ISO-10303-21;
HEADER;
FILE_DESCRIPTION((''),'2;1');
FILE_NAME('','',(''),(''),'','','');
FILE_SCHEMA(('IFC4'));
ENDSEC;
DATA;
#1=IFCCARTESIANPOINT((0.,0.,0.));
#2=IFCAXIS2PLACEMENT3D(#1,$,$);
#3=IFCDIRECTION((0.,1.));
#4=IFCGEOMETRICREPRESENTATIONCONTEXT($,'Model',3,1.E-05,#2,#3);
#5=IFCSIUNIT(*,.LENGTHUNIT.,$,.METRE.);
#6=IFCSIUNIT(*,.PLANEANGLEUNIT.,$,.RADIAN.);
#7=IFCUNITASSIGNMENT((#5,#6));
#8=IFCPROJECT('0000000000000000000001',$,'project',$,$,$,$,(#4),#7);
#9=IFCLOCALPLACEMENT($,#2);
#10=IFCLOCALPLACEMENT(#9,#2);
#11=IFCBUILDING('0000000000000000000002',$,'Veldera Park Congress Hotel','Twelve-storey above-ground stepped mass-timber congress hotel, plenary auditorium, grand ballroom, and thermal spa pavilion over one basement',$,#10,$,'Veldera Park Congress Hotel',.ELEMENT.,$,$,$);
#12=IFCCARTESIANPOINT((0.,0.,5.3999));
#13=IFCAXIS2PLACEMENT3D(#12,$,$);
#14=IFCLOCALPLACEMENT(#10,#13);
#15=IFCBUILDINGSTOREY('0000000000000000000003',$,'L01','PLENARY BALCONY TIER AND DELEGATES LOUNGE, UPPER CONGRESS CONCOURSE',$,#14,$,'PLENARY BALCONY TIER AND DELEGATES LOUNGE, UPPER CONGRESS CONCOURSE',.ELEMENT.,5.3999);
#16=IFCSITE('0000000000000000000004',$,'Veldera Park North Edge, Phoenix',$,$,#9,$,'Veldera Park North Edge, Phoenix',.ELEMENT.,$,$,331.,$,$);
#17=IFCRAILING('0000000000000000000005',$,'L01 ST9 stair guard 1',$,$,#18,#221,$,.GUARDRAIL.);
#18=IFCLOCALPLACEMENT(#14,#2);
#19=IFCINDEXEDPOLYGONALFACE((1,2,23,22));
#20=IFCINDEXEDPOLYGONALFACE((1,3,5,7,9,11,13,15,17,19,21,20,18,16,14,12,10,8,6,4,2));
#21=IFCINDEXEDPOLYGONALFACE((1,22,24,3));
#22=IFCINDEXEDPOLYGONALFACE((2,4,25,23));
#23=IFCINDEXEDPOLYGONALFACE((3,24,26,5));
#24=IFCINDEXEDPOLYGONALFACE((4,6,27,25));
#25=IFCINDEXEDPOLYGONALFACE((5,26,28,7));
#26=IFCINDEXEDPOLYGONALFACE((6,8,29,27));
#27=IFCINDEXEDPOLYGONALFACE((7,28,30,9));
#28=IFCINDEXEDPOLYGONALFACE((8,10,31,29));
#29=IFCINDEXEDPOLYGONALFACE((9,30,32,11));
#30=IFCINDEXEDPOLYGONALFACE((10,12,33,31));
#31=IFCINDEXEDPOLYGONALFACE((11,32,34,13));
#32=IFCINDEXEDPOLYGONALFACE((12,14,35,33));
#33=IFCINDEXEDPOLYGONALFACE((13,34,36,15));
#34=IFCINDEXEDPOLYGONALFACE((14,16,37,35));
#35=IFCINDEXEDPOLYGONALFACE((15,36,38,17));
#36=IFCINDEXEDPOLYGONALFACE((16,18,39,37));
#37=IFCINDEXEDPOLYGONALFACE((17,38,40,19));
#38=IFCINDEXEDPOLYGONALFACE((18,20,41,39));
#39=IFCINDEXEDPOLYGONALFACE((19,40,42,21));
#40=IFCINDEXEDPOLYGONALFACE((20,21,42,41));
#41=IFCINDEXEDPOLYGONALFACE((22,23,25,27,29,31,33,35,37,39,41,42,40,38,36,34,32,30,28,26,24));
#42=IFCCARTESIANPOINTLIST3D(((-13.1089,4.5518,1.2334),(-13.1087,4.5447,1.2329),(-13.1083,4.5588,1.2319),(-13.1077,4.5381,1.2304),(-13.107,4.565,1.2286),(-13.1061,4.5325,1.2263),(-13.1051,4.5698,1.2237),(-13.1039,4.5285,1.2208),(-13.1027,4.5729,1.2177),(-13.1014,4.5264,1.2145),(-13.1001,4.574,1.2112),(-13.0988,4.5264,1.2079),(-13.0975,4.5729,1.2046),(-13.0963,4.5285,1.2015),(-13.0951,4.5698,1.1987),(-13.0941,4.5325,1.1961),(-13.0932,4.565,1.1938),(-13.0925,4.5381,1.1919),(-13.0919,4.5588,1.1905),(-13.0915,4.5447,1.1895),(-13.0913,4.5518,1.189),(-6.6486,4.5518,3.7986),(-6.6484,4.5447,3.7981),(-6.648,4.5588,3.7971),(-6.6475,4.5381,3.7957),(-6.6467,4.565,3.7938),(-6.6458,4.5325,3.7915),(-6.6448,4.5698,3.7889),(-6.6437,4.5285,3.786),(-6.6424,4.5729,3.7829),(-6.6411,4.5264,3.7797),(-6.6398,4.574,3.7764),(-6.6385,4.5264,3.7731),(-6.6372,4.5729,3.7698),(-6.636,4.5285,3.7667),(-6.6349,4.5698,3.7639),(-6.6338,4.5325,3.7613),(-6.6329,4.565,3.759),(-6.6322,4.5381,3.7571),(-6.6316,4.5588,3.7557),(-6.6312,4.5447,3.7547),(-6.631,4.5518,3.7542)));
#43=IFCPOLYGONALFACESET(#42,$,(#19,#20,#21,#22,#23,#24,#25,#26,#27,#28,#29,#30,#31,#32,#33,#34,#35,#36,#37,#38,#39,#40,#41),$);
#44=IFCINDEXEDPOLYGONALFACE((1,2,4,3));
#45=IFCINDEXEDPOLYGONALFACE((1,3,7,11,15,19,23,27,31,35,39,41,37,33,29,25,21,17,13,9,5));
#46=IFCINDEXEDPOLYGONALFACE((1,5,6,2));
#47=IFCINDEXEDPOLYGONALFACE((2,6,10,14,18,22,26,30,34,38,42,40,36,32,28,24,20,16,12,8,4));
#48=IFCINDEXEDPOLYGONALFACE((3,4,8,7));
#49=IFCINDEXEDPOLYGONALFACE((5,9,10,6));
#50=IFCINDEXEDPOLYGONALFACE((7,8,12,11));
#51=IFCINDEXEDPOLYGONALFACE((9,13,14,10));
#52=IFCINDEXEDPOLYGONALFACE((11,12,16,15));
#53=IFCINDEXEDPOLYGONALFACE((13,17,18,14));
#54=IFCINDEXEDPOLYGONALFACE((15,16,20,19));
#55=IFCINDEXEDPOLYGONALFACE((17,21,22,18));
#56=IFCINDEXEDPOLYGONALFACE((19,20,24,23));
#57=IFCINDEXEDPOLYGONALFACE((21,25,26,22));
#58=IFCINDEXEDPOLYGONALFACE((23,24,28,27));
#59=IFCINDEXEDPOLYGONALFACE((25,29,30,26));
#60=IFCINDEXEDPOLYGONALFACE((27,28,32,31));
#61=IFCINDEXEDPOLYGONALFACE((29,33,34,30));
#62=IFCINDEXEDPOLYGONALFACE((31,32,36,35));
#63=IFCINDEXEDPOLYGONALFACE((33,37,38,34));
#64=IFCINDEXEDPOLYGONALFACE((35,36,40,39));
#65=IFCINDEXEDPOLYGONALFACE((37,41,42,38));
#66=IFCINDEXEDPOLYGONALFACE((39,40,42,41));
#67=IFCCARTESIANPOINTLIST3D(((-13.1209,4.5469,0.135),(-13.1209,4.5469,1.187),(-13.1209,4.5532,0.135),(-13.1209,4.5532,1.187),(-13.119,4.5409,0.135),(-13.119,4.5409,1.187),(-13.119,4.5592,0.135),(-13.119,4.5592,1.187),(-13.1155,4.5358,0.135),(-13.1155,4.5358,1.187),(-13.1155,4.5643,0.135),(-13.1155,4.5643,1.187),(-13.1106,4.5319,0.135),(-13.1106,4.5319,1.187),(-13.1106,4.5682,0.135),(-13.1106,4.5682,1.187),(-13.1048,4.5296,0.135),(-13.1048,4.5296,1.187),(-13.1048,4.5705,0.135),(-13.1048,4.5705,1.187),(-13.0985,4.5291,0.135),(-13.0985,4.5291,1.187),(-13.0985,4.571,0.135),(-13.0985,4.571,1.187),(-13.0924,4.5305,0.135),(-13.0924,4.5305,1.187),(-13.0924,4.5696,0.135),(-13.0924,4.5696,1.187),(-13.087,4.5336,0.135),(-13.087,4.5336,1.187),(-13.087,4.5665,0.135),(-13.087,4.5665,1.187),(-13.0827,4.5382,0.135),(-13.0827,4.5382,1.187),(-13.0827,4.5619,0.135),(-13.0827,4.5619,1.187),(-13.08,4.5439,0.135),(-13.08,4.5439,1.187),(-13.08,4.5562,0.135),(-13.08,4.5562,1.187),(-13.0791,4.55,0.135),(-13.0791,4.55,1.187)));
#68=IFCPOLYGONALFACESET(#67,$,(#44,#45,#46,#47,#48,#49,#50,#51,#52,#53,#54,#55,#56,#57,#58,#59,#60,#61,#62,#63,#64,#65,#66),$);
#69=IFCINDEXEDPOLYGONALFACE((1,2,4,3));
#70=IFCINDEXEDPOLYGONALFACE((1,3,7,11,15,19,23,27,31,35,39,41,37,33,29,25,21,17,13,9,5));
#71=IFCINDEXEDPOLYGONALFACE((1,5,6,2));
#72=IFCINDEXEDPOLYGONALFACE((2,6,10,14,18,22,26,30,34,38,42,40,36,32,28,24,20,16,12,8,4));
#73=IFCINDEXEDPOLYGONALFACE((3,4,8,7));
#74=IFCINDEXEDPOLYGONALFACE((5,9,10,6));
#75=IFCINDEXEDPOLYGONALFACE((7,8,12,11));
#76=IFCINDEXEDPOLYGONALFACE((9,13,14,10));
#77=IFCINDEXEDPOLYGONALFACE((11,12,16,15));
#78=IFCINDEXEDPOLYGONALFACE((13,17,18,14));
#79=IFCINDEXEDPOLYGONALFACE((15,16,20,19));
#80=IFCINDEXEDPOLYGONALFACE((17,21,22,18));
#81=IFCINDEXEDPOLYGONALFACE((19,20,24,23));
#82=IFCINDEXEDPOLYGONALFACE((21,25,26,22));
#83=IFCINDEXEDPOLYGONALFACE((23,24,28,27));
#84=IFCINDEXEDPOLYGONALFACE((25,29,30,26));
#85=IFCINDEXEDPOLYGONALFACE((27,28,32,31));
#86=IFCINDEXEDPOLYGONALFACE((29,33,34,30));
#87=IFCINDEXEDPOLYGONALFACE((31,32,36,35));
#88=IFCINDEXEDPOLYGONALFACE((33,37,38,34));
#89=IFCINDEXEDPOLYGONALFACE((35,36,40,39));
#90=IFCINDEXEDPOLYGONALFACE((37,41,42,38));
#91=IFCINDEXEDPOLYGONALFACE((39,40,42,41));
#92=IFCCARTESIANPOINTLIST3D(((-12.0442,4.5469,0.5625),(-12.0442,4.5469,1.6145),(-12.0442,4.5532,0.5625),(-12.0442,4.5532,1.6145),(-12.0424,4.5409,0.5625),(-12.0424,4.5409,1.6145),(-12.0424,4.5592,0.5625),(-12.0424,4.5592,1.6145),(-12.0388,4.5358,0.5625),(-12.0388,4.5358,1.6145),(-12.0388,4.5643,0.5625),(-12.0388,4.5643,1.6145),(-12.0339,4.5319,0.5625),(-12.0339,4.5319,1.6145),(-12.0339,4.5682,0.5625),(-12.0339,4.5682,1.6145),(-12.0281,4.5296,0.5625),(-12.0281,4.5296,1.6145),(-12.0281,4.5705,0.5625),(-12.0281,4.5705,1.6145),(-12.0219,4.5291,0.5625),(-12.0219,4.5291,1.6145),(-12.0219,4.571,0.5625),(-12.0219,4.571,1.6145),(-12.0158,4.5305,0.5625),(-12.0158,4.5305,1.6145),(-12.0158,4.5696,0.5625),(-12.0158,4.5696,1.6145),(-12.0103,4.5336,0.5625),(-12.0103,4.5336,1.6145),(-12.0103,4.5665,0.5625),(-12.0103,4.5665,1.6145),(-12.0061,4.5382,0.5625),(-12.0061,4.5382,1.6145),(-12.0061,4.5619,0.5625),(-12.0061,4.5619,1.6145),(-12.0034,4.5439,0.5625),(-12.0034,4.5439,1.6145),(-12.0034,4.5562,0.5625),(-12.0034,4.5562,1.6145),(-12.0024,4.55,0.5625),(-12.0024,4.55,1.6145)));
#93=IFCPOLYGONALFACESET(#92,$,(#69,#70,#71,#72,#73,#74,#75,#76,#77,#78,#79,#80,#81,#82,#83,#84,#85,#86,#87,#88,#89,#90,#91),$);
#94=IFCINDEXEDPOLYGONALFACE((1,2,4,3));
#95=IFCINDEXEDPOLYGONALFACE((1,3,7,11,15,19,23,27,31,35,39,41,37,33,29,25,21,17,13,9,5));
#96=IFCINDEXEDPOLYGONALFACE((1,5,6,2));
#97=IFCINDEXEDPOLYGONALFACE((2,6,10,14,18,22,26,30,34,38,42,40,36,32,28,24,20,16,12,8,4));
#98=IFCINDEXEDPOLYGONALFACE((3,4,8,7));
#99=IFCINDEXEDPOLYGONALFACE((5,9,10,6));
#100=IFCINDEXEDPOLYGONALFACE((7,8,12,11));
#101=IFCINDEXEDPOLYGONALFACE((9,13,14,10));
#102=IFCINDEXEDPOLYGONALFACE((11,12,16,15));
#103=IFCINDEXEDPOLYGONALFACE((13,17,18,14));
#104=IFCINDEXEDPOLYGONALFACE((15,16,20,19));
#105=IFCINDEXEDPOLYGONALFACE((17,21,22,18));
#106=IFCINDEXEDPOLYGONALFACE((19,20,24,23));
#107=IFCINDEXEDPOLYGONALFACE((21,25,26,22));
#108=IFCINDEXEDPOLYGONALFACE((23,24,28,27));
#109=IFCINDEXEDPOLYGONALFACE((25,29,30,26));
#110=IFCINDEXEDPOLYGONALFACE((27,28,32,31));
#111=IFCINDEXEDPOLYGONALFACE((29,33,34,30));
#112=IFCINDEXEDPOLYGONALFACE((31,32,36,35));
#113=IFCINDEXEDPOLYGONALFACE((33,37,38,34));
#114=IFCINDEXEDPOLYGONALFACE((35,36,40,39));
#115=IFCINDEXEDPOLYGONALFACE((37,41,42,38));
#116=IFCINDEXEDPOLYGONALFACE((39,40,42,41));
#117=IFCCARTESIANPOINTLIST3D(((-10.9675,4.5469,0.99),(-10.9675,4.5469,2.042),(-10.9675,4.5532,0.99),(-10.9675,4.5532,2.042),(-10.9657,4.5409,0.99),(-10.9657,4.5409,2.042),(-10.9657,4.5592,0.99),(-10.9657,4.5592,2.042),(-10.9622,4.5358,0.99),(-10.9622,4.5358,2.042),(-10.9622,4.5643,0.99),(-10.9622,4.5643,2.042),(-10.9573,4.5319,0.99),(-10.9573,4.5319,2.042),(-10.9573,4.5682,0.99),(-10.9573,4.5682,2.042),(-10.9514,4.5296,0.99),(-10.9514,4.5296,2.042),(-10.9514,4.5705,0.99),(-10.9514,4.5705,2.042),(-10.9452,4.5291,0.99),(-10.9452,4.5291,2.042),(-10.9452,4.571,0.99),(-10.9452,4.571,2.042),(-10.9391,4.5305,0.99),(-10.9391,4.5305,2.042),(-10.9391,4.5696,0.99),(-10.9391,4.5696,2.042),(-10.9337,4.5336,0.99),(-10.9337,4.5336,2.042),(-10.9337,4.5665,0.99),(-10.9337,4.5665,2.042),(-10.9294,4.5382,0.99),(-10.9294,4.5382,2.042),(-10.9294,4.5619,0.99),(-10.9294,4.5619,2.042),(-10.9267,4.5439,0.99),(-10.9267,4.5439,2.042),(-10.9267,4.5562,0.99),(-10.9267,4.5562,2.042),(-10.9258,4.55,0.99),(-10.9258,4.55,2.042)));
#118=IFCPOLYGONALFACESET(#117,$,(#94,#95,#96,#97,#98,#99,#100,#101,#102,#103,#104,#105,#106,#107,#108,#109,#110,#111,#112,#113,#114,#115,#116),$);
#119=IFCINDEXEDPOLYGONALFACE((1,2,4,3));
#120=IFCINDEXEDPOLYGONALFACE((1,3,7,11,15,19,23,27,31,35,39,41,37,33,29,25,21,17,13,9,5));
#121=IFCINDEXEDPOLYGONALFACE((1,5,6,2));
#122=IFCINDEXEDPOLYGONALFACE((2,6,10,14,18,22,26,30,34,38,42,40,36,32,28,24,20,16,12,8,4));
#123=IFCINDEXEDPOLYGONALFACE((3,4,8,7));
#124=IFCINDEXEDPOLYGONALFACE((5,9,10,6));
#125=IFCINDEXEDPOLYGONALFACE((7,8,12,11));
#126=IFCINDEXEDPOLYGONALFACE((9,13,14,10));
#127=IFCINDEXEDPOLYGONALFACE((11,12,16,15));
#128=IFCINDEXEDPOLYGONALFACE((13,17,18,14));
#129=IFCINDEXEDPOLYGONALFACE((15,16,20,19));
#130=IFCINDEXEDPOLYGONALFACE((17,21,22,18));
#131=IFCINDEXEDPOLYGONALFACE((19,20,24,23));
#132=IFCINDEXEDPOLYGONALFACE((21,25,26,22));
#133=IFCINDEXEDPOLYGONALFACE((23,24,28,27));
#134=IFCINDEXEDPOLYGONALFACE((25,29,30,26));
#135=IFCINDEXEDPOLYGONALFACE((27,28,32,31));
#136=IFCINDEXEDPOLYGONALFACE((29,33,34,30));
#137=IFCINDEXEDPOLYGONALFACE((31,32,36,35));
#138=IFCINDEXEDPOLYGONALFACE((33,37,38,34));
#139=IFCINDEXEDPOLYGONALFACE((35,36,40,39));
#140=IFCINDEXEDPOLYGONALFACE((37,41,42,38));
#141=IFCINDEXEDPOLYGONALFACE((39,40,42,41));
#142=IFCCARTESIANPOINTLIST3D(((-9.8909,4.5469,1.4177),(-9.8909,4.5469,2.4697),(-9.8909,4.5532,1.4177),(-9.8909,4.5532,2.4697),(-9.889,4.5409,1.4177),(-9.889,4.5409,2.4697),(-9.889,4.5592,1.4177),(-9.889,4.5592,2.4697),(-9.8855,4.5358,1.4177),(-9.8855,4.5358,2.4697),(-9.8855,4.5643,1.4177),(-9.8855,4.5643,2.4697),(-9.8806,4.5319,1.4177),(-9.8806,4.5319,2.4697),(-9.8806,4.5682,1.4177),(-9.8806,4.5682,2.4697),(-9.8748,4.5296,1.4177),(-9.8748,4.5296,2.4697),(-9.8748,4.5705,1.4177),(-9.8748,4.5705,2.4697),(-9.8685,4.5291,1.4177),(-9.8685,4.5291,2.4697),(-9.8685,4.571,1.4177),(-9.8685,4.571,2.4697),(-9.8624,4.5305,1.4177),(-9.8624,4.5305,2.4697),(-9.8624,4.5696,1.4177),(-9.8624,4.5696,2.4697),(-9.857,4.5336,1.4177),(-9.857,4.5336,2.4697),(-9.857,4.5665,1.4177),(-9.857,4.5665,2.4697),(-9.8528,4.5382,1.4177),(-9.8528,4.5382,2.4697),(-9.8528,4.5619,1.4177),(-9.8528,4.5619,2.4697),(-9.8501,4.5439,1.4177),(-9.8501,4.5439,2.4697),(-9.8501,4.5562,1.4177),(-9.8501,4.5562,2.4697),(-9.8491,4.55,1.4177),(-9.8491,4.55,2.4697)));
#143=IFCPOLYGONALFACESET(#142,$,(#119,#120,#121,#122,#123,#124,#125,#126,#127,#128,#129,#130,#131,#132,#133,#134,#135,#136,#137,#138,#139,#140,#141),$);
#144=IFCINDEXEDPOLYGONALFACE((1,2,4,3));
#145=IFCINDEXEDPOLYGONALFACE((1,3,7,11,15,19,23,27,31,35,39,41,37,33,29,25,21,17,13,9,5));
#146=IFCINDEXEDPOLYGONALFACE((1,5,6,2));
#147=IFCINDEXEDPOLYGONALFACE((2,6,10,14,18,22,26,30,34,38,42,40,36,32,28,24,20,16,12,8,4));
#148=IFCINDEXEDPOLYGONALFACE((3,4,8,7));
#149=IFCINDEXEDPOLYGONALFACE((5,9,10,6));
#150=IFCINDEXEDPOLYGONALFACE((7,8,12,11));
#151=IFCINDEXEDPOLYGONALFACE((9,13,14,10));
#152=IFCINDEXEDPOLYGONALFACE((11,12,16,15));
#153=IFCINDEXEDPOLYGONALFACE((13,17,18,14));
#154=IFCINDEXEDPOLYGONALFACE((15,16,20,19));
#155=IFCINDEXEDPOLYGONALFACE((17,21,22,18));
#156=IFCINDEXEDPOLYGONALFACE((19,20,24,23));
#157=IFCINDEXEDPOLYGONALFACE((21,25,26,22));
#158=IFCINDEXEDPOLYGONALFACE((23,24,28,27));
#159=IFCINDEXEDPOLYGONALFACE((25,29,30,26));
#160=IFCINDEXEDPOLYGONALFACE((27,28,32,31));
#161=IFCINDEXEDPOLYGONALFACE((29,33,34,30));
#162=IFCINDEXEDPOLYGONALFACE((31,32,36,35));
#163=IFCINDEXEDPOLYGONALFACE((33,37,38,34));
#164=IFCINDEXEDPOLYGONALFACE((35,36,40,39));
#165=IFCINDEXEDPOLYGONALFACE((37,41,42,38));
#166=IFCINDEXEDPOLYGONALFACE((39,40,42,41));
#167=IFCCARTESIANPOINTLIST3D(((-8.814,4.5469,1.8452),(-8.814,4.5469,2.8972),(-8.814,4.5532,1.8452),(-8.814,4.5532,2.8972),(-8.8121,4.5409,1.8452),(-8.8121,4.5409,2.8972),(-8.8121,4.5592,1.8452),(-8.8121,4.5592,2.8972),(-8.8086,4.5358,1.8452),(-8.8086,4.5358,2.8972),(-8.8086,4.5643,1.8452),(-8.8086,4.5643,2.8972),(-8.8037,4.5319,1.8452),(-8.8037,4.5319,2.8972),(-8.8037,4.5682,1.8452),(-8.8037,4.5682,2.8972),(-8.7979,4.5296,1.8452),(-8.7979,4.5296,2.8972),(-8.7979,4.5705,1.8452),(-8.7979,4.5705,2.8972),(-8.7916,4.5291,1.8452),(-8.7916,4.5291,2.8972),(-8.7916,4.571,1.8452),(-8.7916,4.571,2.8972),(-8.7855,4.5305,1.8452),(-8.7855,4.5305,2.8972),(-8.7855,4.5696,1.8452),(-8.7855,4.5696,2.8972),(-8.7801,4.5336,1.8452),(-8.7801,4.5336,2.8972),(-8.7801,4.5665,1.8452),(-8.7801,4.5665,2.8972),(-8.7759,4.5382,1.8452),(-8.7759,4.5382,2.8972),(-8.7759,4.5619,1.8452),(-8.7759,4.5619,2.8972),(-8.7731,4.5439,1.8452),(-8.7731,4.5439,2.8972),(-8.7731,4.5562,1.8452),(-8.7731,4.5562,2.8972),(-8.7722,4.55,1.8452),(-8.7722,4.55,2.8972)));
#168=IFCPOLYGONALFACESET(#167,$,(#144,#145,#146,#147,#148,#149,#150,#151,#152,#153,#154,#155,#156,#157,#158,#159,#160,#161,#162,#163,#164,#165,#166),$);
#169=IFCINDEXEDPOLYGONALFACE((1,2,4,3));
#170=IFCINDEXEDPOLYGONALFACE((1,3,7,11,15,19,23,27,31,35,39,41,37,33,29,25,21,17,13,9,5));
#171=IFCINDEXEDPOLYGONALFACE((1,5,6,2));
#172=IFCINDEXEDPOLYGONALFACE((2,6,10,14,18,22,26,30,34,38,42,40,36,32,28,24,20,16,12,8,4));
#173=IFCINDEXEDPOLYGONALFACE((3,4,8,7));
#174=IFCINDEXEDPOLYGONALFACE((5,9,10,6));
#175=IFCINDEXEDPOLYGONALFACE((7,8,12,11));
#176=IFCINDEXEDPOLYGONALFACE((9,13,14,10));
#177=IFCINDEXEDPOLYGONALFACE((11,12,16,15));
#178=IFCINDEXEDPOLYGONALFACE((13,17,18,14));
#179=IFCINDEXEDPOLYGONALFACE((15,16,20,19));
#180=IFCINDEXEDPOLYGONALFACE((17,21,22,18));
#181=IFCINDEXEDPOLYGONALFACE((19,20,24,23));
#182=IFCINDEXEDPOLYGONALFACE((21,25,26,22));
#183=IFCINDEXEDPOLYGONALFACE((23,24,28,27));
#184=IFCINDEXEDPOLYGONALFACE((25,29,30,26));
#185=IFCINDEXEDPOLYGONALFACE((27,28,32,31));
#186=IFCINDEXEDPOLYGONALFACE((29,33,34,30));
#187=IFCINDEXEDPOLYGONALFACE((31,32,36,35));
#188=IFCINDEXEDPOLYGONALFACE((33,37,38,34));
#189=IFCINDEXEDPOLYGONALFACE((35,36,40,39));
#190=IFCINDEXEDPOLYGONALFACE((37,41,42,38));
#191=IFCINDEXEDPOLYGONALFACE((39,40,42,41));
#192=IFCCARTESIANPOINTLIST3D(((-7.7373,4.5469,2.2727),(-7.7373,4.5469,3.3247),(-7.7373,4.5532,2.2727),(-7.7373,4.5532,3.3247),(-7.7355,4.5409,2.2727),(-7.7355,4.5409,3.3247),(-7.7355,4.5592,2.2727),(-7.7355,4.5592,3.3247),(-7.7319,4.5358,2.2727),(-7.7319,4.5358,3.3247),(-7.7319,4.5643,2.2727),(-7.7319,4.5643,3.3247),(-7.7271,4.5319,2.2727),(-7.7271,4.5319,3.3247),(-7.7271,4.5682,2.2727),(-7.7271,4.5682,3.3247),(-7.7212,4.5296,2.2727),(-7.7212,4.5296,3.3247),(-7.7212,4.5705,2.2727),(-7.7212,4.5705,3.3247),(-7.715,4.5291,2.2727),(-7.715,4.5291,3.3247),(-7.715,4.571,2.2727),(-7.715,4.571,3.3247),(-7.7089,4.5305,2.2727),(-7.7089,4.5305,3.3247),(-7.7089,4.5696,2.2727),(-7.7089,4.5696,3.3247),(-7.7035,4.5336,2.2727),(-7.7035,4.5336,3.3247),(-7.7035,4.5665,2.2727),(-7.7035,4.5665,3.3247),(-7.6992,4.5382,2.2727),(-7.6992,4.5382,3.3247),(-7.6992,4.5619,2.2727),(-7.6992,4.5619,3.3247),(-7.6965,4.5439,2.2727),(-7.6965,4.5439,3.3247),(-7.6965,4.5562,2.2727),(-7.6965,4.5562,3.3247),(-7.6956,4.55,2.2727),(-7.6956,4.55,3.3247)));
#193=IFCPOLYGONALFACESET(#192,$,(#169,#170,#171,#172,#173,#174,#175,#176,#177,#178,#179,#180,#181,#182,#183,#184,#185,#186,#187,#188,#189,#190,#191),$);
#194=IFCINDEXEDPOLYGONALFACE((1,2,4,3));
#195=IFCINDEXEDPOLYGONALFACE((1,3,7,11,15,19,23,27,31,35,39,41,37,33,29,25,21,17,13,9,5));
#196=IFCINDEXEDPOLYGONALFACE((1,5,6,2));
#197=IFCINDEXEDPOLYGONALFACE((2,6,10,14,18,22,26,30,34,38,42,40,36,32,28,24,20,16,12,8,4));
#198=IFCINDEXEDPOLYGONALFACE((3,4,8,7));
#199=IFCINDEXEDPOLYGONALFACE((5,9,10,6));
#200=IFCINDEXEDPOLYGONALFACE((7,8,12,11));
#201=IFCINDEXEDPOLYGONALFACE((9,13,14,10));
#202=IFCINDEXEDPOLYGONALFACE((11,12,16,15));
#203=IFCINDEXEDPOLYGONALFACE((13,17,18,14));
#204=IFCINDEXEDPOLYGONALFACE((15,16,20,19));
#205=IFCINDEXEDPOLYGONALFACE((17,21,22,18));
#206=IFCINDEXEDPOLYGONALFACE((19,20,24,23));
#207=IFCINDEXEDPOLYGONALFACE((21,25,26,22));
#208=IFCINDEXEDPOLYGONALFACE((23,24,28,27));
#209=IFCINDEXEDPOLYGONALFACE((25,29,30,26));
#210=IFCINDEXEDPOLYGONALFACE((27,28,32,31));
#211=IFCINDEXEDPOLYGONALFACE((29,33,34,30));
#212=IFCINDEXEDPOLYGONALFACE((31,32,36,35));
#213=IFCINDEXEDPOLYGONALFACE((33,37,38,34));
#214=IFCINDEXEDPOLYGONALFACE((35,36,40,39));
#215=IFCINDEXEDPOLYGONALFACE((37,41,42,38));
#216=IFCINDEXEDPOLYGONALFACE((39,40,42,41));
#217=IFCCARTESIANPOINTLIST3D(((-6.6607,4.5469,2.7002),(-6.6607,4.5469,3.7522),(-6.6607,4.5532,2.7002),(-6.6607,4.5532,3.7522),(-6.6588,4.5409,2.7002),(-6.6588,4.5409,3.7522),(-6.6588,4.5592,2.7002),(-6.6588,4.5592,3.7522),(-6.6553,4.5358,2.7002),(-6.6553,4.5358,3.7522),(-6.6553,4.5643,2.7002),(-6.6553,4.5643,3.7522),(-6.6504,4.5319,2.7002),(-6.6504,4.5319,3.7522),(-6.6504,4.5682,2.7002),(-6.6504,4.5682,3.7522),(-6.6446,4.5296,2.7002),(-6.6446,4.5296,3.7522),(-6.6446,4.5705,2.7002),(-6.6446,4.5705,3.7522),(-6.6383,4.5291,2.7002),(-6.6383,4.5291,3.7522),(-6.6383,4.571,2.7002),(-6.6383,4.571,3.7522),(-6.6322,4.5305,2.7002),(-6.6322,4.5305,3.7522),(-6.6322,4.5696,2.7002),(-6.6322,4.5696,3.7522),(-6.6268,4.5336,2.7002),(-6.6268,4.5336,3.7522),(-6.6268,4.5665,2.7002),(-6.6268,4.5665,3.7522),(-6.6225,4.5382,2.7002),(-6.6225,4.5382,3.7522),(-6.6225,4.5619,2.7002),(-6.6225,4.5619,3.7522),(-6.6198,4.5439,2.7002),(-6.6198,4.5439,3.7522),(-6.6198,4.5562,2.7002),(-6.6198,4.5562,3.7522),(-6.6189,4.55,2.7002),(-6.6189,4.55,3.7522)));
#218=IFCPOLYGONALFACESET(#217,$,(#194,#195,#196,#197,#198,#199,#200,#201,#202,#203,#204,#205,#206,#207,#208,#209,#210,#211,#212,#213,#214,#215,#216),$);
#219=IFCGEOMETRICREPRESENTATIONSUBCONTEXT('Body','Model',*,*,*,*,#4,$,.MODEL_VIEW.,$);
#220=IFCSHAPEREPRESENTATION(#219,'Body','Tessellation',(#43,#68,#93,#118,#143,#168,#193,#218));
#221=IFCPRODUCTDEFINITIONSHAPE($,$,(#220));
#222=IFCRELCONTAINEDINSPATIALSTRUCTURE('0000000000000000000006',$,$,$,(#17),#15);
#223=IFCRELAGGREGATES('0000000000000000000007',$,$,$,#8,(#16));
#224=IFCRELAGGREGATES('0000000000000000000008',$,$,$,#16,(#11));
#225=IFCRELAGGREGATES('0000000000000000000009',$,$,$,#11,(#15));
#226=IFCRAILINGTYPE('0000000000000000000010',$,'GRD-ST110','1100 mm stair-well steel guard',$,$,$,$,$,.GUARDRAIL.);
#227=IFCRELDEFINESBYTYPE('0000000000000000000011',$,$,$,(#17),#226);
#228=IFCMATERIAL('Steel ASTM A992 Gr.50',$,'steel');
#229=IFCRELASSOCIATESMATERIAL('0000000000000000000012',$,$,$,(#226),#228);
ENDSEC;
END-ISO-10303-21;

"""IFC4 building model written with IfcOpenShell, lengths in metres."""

from ifc_helpers import new_model, si_unit, direction, frame, origin, origin_2d, place, context, subcontext, project, spatial, circle, extrude, material, type_object, element, save


model = new_model("IFC4")

# Units and contexts
model_context = context("Model", 3, precision=1e-05, world=origin(), true_north=direction((0.0, 1.0)))
body_context = subcontext(model_context, "Body", "Model", "MODEL_VIEW")
ifc_project = project(units=[si_unit("LENGTHUNIT", "METRE"), si_unit("PLANEANGLEUNIT", "RADIAN")], contexts=[model_context])

# Site, building, storey
site_placement = place(None, origin())
site = spatial("IfcSite", under=ifc_project, at=site_placement, Name="Veldera Park North Edge, Phoenix", LongName="Veldera Park North Edge, Phoenix", CompositionType="ELEMENT", RefElevation=331.0)
building_placement = place(site_placement, origin())
building = spatial("IfcBuilding", under=site, at=building_placement, Name="Veldera Park Congress Hotel", Description="Twelve-storey above-ground stepped mass-timber congress hotel, plenary auditorium, grand ballroom, and thermal spa pavilion over one basement", LongName="Veldera Park Congress Hotel", CompositionType="ELEMENT")
storey_placement = place(building_placement, frame((0.0, 0.0, 5.3999)))
storey = spatial("IfcBuildingStorey", under=building, at=storey_placement, Name="L01", Description="PLENARY BALCONY TIER AND DELEGATES LOUNGE, UPPER CONGRESS CONCOURSE", LongName="PLENARY BALCONY TIER AND DELEGATES LOUNGE, UPPER CONGRESS CONCOURSE", CompositionType="ELEMENT", Elevation=5.3999)

# Shared definitions
ifc_material_1 = material(Name="Steel ASTM A992 Gr.50", Category="steel")

# Railing
railing_type_1 = type_object("IfcRailingType", Name="GRD-ST110", Description="1100 mm stair-well steel guard", PredefinedType="GUARDRAIL", material=ifc_material_1)
railing_1_placement = place(storey_placement, frame((-13.1001, 4.55, 0.135)))
element("IfcRailing", 1, at=railing_1_placement, inside=storey, type_object=railing_type_1, Name="L01 ST9 stair guard 1", PredefinedType="GUARDRAIL", context=body_context, shape_type="SweptSolid", body=[
    extrude(circle(Radius=0.0239, at=origin_2d()), frame((0.0, 0.0, 1.0762), z_axis=(0.929411, 0.0, 0.369046), x_axis=(0.0, 1.0, 0.0)), (0.0, 0.0, 1.0), 6.9509),
    extrude(circle(Radius=0.021, at=origin_2d()), origin(), (0.0, 0.0, 1.0), 1.052),
    extrude(circle(Radius=0.021, at=origin_2d()), frame((1.0767, 0.0, 0.4275)), (0.0, 0.0, 1.0), 1.052),
    extrude(circle(Radius=0.021, at=origin_2d()), frame((2.1533, 0.0, 0.855)), (0.0, 0.0, 1.0), 1.052),
    extrude(circle(Radius=0.021, at=origin_2d()), frame((3.23, 0.0, 1.2827)), (0.0, 0.0, 1.0), 1.052),
    extrude(circle(Radius=0.021, at=origin_2d()), frame((4.3069, 0.0, 1.7102)), (0.0, 0.0, 1.0), 1.052),
    extrude(circle(Radius=0.021, at=origin_2d()), frame((5.3835, 0.0, 2.1377)), (0.0, 0.0, 1.0), 1.052),
    extrude(circle(Radius=0.021, at=origin_2d()), frame((6.4602, 0.0, 2.5652)), (0.0, 0.0, 1.0), 1.052),
])

save(model, "model.ifc")
